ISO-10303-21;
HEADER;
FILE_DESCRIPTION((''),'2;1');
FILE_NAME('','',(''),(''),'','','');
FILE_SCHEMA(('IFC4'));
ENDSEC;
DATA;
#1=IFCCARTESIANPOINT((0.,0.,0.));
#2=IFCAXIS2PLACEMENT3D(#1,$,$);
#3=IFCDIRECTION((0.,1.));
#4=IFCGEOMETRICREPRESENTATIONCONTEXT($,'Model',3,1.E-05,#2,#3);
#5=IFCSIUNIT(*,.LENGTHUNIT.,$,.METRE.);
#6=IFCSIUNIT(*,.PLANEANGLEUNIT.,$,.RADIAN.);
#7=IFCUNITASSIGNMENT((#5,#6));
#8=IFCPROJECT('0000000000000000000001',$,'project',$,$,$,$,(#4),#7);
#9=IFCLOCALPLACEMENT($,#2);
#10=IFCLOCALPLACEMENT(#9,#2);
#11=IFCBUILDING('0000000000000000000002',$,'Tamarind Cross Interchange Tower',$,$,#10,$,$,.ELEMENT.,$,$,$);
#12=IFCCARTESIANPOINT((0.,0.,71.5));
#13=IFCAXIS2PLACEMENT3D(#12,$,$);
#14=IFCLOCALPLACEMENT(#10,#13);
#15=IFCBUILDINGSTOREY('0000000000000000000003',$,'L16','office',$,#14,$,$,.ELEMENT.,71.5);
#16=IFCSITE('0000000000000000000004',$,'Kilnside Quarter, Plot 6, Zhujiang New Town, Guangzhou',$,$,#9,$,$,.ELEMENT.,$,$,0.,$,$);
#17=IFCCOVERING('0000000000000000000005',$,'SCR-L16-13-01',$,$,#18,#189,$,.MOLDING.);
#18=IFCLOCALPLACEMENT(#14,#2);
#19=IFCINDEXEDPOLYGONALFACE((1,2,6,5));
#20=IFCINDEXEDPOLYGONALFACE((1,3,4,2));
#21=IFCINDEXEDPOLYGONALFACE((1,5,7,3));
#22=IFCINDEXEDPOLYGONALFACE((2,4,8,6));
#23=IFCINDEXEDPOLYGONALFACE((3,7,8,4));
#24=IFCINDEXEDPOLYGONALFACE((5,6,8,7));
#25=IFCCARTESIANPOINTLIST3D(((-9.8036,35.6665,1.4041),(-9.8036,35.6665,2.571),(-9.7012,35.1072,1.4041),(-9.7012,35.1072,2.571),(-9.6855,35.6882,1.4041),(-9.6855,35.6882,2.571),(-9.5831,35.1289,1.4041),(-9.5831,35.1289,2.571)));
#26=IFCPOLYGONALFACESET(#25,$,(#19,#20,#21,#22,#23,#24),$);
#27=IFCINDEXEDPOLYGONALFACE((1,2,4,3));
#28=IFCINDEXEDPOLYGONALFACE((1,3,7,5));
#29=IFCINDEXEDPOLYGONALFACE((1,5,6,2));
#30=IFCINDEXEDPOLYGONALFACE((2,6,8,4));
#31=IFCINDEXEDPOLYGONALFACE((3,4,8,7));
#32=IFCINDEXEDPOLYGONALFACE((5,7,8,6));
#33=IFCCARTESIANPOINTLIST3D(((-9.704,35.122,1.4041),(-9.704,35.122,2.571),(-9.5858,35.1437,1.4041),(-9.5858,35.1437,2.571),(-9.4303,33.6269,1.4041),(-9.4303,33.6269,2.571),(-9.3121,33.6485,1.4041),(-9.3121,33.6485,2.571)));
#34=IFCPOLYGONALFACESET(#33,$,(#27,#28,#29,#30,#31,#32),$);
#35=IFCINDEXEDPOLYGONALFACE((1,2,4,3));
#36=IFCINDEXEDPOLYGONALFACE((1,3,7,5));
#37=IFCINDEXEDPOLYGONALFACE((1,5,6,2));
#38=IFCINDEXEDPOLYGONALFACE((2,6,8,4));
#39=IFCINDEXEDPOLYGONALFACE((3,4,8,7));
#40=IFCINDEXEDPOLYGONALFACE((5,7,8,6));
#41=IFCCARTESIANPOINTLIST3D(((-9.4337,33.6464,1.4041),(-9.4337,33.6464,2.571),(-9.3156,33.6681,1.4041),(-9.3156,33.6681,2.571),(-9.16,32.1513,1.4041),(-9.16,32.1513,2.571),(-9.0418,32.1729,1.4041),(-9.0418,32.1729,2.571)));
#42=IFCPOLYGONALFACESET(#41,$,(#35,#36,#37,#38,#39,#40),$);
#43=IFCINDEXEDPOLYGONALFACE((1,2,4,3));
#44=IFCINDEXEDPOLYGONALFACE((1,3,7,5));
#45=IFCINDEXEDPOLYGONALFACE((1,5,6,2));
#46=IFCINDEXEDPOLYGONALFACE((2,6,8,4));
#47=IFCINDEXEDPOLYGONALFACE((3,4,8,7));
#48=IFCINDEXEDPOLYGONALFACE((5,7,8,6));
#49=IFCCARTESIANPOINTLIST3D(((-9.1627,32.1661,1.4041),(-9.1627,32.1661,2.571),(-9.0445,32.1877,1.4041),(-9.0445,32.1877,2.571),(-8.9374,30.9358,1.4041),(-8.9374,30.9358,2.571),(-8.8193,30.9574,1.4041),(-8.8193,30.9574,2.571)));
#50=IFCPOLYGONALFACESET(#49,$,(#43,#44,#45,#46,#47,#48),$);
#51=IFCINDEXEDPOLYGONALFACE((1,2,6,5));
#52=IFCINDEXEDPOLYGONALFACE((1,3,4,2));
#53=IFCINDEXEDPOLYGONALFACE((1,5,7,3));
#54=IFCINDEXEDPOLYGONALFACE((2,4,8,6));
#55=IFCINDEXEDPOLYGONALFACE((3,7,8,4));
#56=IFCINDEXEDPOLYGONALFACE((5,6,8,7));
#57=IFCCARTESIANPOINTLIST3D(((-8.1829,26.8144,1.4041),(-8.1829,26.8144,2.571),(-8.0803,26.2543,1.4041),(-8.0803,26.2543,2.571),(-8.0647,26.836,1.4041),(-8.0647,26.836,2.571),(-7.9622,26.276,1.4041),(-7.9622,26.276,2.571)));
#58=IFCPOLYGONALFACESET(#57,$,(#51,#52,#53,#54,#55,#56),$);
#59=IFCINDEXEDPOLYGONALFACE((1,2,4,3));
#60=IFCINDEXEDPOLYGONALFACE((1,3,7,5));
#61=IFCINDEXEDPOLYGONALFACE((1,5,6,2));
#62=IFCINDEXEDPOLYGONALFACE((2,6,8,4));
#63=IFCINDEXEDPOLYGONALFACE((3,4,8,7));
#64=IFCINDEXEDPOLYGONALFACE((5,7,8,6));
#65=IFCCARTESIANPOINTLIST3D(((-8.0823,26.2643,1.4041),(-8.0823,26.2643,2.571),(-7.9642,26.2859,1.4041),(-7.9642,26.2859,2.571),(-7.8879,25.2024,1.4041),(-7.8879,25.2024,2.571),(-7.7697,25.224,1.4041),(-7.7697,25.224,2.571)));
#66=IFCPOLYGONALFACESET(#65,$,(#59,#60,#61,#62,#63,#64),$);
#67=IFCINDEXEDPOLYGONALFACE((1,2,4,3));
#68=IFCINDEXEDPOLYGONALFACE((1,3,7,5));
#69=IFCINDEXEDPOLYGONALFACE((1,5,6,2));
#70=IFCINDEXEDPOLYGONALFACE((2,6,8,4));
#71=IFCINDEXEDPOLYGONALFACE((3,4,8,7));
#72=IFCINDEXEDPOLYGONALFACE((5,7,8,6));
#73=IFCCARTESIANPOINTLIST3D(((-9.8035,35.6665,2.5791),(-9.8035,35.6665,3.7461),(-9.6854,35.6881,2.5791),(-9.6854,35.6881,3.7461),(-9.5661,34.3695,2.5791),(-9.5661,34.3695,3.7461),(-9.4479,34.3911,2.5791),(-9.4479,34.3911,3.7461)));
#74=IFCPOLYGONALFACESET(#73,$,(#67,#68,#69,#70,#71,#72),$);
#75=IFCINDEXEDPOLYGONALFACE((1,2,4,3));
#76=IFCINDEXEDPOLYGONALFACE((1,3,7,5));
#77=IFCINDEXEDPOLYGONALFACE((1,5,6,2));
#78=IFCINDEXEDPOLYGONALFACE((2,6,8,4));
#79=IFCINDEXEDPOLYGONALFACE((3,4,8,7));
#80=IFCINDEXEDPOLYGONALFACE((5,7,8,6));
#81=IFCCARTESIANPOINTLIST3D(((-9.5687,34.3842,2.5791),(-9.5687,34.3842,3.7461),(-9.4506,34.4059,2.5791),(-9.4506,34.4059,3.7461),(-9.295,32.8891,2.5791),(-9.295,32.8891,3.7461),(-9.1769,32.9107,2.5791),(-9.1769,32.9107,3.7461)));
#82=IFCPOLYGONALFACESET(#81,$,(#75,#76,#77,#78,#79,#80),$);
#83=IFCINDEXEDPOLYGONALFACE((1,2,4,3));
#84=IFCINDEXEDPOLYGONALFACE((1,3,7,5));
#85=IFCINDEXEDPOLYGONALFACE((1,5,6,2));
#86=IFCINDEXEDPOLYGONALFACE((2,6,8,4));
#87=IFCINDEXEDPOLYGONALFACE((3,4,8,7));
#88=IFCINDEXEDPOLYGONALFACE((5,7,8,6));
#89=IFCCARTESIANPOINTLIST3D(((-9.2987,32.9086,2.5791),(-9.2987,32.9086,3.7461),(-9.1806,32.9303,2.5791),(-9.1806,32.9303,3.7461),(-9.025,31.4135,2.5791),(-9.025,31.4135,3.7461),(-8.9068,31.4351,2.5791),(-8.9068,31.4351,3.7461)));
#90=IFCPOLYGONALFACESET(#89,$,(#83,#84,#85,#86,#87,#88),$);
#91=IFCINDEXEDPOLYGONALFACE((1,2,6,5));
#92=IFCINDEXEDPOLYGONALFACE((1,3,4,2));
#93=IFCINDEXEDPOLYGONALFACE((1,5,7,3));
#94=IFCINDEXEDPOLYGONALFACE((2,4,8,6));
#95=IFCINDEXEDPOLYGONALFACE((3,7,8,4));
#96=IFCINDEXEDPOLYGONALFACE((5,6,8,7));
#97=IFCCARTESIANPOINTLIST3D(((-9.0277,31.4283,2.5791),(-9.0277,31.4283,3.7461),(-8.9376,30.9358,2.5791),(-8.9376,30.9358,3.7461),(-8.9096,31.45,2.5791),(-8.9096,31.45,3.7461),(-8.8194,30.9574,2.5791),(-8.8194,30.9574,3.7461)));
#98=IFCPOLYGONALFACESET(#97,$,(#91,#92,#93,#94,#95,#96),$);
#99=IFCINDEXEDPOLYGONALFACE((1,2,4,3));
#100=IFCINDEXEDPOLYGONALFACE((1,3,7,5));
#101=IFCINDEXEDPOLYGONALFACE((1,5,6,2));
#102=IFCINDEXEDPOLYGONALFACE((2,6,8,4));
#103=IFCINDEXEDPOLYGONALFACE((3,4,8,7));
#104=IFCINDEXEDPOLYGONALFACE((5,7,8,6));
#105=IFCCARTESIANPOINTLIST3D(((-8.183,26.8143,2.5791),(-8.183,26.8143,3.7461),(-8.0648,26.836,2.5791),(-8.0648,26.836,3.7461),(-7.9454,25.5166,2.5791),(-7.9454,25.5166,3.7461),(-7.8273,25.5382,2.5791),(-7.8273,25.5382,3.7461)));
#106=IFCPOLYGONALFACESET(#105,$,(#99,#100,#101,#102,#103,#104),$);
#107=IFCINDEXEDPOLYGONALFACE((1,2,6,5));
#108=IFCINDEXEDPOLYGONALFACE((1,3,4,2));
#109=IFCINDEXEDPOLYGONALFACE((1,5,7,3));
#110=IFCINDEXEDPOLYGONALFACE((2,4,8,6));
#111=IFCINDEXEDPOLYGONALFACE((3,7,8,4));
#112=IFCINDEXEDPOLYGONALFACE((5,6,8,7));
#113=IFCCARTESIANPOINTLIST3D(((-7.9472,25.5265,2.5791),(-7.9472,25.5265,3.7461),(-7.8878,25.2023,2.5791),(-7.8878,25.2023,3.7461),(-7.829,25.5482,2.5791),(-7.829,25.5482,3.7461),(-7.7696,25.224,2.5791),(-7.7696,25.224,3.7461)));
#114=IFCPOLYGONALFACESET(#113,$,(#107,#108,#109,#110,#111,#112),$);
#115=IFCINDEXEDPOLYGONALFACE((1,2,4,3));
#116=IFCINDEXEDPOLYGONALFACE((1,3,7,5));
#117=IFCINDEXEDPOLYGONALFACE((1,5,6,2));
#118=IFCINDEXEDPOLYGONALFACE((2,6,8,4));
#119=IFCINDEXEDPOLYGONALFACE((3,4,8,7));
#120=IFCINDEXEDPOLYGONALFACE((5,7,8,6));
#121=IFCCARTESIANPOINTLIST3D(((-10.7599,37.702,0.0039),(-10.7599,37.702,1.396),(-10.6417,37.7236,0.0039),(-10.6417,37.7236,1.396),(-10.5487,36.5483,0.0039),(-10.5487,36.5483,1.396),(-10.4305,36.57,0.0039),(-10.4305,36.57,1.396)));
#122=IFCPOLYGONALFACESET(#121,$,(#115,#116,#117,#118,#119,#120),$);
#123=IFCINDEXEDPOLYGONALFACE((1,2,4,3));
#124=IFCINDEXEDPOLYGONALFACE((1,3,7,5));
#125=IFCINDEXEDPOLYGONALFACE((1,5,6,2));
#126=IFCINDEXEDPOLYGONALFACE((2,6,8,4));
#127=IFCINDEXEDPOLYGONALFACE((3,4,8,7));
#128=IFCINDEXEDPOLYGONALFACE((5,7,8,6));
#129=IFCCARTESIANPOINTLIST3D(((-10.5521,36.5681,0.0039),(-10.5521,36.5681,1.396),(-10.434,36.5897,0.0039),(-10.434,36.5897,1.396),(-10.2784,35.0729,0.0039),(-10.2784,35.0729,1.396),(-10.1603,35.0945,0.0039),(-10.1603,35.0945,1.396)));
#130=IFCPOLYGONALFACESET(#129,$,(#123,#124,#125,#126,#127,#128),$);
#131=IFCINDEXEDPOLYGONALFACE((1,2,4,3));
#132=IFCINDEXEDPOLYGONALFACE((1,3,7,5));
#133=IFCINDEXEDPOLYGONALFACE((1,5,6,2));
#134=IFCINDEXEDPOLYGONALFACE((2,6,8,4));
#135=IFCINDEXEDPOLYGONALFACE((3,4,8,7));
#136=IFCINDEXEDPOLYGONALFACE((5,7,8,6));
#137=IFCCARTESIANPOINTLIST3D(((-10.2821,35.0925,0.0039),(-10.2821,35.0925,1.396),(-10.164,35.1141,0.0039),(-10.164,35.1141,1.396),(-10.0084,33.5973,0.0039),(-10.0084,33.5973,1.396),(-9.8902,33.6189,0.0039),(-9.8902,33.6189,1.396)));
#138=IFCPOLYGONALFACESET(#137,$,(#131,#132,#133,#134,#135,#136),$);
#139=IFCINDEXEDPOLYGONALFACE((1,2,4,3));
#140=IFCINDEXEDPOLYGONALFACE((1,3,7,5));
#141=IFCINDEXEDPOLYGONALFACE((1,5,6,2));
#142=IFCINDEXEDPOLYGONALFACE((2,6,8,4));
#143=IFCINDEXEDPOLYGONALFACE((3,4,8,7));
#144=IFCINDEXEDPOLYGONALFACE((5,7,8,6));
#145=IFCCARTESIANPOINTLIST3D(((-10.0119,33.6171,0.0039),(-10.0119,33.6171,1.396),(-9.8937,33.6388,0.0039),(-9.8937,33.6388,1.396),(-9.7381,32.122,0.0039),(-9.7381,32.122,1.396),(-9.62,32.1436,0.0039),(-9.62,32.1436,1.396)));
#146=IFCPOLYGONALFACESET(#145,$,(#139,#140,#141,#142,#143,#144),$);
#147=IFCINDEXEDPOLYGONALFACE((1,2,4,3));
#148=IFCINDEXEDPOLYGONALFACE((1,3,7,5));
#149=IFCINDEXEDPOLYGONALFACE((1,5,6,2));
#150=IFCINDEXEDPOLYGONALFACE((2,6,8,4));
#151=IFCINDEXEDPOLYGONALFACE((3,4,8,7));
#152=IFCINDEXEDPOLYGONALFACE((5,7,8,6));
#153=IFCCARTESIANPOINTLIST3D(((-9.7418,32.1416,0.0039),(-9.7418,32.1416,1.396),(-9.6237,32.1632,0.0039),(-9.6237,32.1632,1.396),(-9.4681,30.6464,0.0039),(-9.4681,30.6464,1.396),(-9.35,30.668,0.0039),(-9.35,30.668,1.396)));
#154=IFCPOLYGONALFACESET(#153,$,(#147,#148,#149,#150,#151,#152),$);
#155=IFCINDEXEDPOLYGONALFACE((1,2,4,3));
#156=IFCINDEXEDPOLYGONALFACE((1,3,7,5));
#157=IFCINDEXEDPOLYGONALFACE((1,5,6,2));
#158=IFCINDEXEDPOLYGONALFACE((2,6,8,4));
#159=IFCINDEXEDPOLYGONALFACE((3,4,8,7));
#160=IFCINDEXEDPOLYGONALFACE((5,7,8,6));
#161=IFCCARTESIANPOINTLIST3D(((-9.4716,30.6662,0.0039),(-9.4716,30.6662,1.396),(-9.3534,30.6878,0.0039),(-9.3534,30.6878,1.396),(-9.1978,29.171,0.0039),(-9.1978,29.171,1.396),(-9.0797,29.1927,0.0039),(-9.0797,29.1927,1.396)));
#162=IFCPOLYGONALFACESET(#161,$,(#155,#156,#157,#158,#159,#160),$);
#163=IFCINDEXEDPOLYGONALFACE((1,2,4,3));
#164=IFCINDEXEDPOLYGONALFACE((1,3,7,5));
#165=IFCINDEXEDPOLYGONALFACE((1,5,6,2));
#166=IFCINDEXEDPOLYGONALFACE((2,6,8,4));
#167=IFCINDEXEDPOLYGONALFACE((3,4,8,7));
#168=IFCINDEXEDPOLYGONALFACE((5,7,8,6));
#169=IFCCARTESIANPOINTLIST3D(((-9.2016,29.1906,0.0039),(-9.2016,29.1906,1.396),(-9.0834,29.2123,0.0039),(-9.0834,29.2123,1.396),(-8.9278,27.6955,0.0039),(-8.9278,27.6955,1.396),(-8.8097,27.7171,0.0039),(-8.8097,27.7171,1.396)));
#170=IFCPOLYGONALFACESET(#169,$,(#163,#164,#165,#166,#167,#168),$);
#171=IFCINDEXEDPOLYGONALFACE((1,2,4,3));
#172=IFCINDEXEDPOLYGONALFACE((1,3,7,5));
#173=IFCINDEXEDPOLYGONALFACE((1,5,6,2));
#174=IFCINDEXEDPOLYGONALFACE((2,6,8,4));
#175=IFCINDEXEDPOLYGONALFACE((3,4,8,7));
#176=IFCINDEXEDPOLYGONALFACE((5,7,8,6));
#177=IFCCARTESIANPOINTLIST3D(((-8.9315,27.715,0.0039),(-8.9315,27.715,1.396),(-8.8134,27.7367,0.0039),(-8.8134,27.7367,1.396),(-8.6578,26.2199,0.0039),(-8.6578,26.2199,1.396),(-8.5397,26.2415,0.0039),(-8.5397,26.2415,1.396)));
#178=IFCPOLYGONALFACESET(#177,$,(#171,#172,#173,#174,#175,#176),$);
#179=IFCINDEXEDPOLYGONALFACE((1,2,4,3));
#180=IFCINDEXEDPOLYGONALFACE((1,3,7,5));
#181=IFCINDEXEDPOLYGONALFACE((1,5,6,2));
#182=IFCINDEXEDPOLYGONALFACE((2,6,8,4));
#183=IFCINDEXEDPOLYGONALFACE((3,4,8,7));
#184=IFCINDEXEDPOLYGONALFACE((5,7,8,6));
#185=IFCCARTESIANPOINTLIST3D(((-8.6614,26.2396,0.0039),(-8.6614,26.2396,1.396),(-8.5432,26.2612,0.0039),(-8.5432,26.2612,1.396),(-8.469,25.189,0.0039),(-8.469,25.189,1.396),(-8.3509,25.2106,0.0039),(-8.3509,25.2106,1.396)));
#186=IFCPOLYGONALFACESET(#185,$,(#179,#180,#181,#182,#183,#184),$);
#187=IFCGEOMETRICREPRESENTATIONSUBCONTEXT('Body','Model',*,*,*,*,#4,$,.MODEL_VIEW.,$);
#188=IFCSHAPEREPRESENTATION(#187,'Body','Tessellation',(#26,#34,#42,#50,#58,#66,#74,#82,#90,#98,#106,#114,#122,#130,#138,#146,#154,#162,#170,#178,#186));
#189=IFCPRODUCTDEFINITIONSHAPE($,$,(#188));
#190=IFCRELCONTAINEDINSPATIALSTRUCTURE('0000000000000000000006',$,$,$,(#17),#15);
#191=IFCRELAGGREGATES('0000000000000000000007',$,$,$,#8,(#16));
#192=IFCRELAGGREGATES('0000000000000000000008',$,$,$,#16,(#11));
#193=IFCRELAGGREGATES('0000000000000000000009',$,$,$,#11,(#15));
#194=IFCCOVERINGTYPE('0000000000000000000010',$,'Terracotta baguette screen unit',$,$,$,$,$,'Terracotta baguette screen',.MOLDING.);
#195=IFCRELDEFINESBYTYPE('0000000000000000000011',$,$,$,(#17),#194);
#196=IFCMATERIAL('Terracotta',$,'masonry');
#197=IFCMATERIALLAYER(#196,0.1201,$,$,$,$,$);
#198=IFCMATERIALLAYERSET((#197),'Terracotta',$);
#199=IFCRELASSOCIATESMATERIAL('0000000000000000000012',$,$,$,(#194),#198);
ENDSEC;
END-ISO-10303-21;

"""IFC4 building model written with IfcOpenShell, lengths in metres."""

from ifc_helpers import new_model, si_unit, direction, frame, origin, origin_2d, place, context, subcontext, project, spatial, rectangle, extrude, material, layer, layer_set, type_object, element, save


model = new_model("IFC4")

# Units and contexts
model_context = context("Model", 3, precision=1e-05, world=origin(), true_north=direction((0.0, 1.0)))
body_context = subcontext(model_context, "Body", "Model", "MODEL_VIEW")
ifc_project = project(units=[si_unit("LENGTHUNIT", "METRE"), si_unit("PLANEANGLEUNIT", "RADIAN")], contexts=[model_context])

# Site, building, storey
site_placement = place(None, origin())
site = spatial("IfcSite", under=ifc_project, at=site_placement, Name="Kilnside Quarter, Plot 6, Zhujiang New Town, Guangzhou", CompositionType="ELEMENT", RefElevation=0.0)
building_placement = place(site_placement, origin())
building = spatial("IfcBuilding", under=site, at=building_placement, Name="Tamarind Cross Interchange Tower", CompositionType="ELEMENT")
storey_placement = place(building_placement, frame((0.0, 0.0, 71.5)))
storey = spatial("IfcBuildingStorey", under=building, at=storey_placement, Name="L16", Description="office", CompositionType="ELEMENT", Elevation=71.5)

# Covering
ifc_material_1 = material(Name="Terracotta", Category="masonry")
ifc_layer_1 = layer(ifc_material_1, 0.1201)
ifc_layer_set_1 = layer_set([ifc_layer_1], Name="Terracotta")
covering_type = type_object("IfcCoveringType", Name="Terracotta baguette screen unit", ElementType="Terracotta baguette screen", PredefinedType="MOLDING", material=ifc_layer_set_1)
covering_1_placement = place(storey_placement, origin())
element("IfcCovering", 1, at=covering_1_placement, inside=storey, type_object=covering_type, Name="SCR-L16-13-01", PredefinedType="MOLDING", context=body_context, shape_type="SweptSolid", body=[
    extrude(rectangle(XDim=0.5686, YDim=0.1201, at=origin_2d()), frame((-9.6934, 35.3977, 1.4041), z_axis=(0.0, 0.0, 1.0), x_axis=(0.180086, -0.983651, 0.0)), (0.0, 0.0, 1.0), 1.167),
    extrude(rectangle(XDim=1.52, YDim=0.1201, at=origin_2d()), frame((-9.5081, 34.3853, 1.4041), z_axis=(0.0, 0.0, 1.0), x_axis=(0.180086, -0.983651, 0.0)), (0.0, 0.0, 1.0), 1.167),
    extrude(rectangle(XDim=1.52, YDim=0.1201, at=origin_2d()), frame((-9.2378, 32.9097, 1.4041), z_axis=(0.0, 0.0, 1.0), x_axis=(0.180086, -0.983651, 0.0)), (0.0, 0.0, 1.0), 1.167),
    extrude(rectangle(XDim=1.2507, YDim=0.1201, at=origin_2d()), frame((-8.991, 31.5618, 1.4041), z_axis=(0.0, 0.0, 1.0), x_axis=(0.180086, -0.983651, 0.0)), (0.0, 0.0, 1.0), 1.167),
    extrude(rectangle(XDim=0.5693, YDim=0.1201, at=origin_2d()), frame((-8.0725, 26.5452, 1.4041), z_axis=(0.0, 0.0, 1.0), x_axis=(0.180086, -0.983651, 0.0)), (0.0, 0.0, 1.0), 1.167),
    extrude(rectangle(XDim=1.0796, YDim=0.1201, at=origin_2d()), frame((-7.926, 25.7441, 1.4041), z_axis=(0.0, 0.0, 1.0), x_axis=(0.180086, -0.983651, 0.0)), (0.0, 0.0, 1.0), 1.167),
    extrude(rectangle(XDim=1.3186, YDim=0.1201, at=origin_2d()), frame((-9.6257, 35.0288, 2.5791), z_axis=(0.0, 0.0, 1.0), x_axis=(0.180086, -0.983651, 0.0)), (0.0, 0.0, 1.0), 1.167),
    extrude(rectangle(XDim=1.52, YDim=0.1201, at=origin_2d()), frame((-9.3728, 33.6475, 2.5791), z_axis=(0.0, 0.0, 1.0), x_axis=(0.180086, -0.983651, 0.0)), (0.0, 0.0, 1.0), 1.167),
    extrude(rectangle(XDim=1.52, YDim=0.1201, at=origin_2d()), frame((-9.1028, 32.1719, 2.5791), z_axis=(0.0, 0.0, 1.0), x_axis=(0.180086, -0.983651, 0.0)), (0.0, 0.0, 1.0), 1.167),
    extrude(rectangle(XDim=0.5007, YDim=0.1201, at=origin_2d()), frame((-8.9236, 31.1929, 2.5791), z_axis=(0.0, 0.0, 1.0), x_axis=(0.180086, -0.983651, 0.0)), (0.0, 0.0, 1.0), 1.167),
    extrude(rectangle(XDim=1.3193, YDim=0.1201, at=origin_2d()), frame((-8.0051, 26.1763, 2.5791), z_axis=(0.0, 0.0, 1.0), x_axis=(0.180086, -0.983651, 0.0)), (0.0, 0.0, 1.0), 1.167),
    extrude(rectangle(XDim=0.3296, YDim=0.1201, at=origin_2d()), frame((-7.8584, 25.3752, 2.5791), z_axis=(0.0, 0.0, 1.0), x_axis=(0.180086, -0.983651, 0.0)), (0.0, 0.0, 1.0), 1.167),
    extrude(rectangle(XDim=1.1729, YDim=0.1201, at=origin_2d()), frame((-10.5952, 37.136, 0.0039), z_axis=(0.0, 0.0, 1.0), x_axis=(0.180086, -0.983651, 0.0)), (0.0, 0.0, 1.0), 1.3921),
    extrude(rectangle(XDim=1.52, YDim=0.1201, at=origin_2d()), frame((-10.3562, 35.8313, 0.0039), z_axis=(0.0, 0.0, 1.0), x_axis=(0.180086, -0.983651, 0.0)), (0.0, 0.0, 1.0), 1.3921),
    extrude(rectangle(XDim=1.52, YDim=0.1201, at=origin_2d()), frame((-10.0862, 34.3557, 0.0039), z_axis=(0.0, 0.0, 1.0), x_axis=(0.180086, -0.983651, 0.0)), (0.0, 0.0, 1.0), 1.3921),
    extrude(rectangle(XDim=1.52, YDim=0.1201, at=origin_2d()), frame((-9.8159, 32.8804, 0.0039), z_axis=(0.0, 0.0, 1.0), x_axis=(0.180086, -0.983651, 0.0)), (0.0, 0.0, 1.0), 1.3921),
    extrude(rectangle(XDim=1.52, YDim=0.1201, at=origin_2d()), frame((-9.5459, 31.4048, 0.0039), z_axis=(0.0, 0.0, 1.0), x_axis=(0.180086, -0.983651, 0.0)), (0.0, 0.0, 1.0), 1.3921),
    extrude(rectangle(XDim=1.52, YDim=0.1201, at=origin_2d()), frame((-9.2756, 29.9294, 0.0039), z_axis=(0.0, 0.0, 1.0), x_axis=(0.180086, -0.983651, 0.0)), (0.0, 0.0, 1.0), 1.3921),
    extrude(rectangle(XDim=1.52, YDim=0.1201, at=origin_2d()), frame((-9.0056, 28.4539, 0.0039), z_axis=(0.0, 0.0, 1.0), x_axis=(0.180086, -0.983651, 0.0)), (0.0, 0.0, 1.0), 1.3921),
    extrude(rectangle(XDim=1.52, YDim=0.1201, at=origin_2d()), frame((-8.7356, 26.9783, 0.0039), z_axis=(0.0, 0.0, 1.0), x_axis=(0.180086, -0.983651, 0.0)), (0.0, 0.0, 1.0), 1.3921),
    extrude(rectangle(XDim=1.0681, YDim=0.1201, at=origin_2d()), frame((-8.5061, 25.7251, 0.0039), z_axis=(0.0, 0.0, 1.0), x_axis=(0.180086, -0.983651, 0.0)), (0.0, 0.0, 1.0), 1.3921),
])

save(model, "model.ifc")
